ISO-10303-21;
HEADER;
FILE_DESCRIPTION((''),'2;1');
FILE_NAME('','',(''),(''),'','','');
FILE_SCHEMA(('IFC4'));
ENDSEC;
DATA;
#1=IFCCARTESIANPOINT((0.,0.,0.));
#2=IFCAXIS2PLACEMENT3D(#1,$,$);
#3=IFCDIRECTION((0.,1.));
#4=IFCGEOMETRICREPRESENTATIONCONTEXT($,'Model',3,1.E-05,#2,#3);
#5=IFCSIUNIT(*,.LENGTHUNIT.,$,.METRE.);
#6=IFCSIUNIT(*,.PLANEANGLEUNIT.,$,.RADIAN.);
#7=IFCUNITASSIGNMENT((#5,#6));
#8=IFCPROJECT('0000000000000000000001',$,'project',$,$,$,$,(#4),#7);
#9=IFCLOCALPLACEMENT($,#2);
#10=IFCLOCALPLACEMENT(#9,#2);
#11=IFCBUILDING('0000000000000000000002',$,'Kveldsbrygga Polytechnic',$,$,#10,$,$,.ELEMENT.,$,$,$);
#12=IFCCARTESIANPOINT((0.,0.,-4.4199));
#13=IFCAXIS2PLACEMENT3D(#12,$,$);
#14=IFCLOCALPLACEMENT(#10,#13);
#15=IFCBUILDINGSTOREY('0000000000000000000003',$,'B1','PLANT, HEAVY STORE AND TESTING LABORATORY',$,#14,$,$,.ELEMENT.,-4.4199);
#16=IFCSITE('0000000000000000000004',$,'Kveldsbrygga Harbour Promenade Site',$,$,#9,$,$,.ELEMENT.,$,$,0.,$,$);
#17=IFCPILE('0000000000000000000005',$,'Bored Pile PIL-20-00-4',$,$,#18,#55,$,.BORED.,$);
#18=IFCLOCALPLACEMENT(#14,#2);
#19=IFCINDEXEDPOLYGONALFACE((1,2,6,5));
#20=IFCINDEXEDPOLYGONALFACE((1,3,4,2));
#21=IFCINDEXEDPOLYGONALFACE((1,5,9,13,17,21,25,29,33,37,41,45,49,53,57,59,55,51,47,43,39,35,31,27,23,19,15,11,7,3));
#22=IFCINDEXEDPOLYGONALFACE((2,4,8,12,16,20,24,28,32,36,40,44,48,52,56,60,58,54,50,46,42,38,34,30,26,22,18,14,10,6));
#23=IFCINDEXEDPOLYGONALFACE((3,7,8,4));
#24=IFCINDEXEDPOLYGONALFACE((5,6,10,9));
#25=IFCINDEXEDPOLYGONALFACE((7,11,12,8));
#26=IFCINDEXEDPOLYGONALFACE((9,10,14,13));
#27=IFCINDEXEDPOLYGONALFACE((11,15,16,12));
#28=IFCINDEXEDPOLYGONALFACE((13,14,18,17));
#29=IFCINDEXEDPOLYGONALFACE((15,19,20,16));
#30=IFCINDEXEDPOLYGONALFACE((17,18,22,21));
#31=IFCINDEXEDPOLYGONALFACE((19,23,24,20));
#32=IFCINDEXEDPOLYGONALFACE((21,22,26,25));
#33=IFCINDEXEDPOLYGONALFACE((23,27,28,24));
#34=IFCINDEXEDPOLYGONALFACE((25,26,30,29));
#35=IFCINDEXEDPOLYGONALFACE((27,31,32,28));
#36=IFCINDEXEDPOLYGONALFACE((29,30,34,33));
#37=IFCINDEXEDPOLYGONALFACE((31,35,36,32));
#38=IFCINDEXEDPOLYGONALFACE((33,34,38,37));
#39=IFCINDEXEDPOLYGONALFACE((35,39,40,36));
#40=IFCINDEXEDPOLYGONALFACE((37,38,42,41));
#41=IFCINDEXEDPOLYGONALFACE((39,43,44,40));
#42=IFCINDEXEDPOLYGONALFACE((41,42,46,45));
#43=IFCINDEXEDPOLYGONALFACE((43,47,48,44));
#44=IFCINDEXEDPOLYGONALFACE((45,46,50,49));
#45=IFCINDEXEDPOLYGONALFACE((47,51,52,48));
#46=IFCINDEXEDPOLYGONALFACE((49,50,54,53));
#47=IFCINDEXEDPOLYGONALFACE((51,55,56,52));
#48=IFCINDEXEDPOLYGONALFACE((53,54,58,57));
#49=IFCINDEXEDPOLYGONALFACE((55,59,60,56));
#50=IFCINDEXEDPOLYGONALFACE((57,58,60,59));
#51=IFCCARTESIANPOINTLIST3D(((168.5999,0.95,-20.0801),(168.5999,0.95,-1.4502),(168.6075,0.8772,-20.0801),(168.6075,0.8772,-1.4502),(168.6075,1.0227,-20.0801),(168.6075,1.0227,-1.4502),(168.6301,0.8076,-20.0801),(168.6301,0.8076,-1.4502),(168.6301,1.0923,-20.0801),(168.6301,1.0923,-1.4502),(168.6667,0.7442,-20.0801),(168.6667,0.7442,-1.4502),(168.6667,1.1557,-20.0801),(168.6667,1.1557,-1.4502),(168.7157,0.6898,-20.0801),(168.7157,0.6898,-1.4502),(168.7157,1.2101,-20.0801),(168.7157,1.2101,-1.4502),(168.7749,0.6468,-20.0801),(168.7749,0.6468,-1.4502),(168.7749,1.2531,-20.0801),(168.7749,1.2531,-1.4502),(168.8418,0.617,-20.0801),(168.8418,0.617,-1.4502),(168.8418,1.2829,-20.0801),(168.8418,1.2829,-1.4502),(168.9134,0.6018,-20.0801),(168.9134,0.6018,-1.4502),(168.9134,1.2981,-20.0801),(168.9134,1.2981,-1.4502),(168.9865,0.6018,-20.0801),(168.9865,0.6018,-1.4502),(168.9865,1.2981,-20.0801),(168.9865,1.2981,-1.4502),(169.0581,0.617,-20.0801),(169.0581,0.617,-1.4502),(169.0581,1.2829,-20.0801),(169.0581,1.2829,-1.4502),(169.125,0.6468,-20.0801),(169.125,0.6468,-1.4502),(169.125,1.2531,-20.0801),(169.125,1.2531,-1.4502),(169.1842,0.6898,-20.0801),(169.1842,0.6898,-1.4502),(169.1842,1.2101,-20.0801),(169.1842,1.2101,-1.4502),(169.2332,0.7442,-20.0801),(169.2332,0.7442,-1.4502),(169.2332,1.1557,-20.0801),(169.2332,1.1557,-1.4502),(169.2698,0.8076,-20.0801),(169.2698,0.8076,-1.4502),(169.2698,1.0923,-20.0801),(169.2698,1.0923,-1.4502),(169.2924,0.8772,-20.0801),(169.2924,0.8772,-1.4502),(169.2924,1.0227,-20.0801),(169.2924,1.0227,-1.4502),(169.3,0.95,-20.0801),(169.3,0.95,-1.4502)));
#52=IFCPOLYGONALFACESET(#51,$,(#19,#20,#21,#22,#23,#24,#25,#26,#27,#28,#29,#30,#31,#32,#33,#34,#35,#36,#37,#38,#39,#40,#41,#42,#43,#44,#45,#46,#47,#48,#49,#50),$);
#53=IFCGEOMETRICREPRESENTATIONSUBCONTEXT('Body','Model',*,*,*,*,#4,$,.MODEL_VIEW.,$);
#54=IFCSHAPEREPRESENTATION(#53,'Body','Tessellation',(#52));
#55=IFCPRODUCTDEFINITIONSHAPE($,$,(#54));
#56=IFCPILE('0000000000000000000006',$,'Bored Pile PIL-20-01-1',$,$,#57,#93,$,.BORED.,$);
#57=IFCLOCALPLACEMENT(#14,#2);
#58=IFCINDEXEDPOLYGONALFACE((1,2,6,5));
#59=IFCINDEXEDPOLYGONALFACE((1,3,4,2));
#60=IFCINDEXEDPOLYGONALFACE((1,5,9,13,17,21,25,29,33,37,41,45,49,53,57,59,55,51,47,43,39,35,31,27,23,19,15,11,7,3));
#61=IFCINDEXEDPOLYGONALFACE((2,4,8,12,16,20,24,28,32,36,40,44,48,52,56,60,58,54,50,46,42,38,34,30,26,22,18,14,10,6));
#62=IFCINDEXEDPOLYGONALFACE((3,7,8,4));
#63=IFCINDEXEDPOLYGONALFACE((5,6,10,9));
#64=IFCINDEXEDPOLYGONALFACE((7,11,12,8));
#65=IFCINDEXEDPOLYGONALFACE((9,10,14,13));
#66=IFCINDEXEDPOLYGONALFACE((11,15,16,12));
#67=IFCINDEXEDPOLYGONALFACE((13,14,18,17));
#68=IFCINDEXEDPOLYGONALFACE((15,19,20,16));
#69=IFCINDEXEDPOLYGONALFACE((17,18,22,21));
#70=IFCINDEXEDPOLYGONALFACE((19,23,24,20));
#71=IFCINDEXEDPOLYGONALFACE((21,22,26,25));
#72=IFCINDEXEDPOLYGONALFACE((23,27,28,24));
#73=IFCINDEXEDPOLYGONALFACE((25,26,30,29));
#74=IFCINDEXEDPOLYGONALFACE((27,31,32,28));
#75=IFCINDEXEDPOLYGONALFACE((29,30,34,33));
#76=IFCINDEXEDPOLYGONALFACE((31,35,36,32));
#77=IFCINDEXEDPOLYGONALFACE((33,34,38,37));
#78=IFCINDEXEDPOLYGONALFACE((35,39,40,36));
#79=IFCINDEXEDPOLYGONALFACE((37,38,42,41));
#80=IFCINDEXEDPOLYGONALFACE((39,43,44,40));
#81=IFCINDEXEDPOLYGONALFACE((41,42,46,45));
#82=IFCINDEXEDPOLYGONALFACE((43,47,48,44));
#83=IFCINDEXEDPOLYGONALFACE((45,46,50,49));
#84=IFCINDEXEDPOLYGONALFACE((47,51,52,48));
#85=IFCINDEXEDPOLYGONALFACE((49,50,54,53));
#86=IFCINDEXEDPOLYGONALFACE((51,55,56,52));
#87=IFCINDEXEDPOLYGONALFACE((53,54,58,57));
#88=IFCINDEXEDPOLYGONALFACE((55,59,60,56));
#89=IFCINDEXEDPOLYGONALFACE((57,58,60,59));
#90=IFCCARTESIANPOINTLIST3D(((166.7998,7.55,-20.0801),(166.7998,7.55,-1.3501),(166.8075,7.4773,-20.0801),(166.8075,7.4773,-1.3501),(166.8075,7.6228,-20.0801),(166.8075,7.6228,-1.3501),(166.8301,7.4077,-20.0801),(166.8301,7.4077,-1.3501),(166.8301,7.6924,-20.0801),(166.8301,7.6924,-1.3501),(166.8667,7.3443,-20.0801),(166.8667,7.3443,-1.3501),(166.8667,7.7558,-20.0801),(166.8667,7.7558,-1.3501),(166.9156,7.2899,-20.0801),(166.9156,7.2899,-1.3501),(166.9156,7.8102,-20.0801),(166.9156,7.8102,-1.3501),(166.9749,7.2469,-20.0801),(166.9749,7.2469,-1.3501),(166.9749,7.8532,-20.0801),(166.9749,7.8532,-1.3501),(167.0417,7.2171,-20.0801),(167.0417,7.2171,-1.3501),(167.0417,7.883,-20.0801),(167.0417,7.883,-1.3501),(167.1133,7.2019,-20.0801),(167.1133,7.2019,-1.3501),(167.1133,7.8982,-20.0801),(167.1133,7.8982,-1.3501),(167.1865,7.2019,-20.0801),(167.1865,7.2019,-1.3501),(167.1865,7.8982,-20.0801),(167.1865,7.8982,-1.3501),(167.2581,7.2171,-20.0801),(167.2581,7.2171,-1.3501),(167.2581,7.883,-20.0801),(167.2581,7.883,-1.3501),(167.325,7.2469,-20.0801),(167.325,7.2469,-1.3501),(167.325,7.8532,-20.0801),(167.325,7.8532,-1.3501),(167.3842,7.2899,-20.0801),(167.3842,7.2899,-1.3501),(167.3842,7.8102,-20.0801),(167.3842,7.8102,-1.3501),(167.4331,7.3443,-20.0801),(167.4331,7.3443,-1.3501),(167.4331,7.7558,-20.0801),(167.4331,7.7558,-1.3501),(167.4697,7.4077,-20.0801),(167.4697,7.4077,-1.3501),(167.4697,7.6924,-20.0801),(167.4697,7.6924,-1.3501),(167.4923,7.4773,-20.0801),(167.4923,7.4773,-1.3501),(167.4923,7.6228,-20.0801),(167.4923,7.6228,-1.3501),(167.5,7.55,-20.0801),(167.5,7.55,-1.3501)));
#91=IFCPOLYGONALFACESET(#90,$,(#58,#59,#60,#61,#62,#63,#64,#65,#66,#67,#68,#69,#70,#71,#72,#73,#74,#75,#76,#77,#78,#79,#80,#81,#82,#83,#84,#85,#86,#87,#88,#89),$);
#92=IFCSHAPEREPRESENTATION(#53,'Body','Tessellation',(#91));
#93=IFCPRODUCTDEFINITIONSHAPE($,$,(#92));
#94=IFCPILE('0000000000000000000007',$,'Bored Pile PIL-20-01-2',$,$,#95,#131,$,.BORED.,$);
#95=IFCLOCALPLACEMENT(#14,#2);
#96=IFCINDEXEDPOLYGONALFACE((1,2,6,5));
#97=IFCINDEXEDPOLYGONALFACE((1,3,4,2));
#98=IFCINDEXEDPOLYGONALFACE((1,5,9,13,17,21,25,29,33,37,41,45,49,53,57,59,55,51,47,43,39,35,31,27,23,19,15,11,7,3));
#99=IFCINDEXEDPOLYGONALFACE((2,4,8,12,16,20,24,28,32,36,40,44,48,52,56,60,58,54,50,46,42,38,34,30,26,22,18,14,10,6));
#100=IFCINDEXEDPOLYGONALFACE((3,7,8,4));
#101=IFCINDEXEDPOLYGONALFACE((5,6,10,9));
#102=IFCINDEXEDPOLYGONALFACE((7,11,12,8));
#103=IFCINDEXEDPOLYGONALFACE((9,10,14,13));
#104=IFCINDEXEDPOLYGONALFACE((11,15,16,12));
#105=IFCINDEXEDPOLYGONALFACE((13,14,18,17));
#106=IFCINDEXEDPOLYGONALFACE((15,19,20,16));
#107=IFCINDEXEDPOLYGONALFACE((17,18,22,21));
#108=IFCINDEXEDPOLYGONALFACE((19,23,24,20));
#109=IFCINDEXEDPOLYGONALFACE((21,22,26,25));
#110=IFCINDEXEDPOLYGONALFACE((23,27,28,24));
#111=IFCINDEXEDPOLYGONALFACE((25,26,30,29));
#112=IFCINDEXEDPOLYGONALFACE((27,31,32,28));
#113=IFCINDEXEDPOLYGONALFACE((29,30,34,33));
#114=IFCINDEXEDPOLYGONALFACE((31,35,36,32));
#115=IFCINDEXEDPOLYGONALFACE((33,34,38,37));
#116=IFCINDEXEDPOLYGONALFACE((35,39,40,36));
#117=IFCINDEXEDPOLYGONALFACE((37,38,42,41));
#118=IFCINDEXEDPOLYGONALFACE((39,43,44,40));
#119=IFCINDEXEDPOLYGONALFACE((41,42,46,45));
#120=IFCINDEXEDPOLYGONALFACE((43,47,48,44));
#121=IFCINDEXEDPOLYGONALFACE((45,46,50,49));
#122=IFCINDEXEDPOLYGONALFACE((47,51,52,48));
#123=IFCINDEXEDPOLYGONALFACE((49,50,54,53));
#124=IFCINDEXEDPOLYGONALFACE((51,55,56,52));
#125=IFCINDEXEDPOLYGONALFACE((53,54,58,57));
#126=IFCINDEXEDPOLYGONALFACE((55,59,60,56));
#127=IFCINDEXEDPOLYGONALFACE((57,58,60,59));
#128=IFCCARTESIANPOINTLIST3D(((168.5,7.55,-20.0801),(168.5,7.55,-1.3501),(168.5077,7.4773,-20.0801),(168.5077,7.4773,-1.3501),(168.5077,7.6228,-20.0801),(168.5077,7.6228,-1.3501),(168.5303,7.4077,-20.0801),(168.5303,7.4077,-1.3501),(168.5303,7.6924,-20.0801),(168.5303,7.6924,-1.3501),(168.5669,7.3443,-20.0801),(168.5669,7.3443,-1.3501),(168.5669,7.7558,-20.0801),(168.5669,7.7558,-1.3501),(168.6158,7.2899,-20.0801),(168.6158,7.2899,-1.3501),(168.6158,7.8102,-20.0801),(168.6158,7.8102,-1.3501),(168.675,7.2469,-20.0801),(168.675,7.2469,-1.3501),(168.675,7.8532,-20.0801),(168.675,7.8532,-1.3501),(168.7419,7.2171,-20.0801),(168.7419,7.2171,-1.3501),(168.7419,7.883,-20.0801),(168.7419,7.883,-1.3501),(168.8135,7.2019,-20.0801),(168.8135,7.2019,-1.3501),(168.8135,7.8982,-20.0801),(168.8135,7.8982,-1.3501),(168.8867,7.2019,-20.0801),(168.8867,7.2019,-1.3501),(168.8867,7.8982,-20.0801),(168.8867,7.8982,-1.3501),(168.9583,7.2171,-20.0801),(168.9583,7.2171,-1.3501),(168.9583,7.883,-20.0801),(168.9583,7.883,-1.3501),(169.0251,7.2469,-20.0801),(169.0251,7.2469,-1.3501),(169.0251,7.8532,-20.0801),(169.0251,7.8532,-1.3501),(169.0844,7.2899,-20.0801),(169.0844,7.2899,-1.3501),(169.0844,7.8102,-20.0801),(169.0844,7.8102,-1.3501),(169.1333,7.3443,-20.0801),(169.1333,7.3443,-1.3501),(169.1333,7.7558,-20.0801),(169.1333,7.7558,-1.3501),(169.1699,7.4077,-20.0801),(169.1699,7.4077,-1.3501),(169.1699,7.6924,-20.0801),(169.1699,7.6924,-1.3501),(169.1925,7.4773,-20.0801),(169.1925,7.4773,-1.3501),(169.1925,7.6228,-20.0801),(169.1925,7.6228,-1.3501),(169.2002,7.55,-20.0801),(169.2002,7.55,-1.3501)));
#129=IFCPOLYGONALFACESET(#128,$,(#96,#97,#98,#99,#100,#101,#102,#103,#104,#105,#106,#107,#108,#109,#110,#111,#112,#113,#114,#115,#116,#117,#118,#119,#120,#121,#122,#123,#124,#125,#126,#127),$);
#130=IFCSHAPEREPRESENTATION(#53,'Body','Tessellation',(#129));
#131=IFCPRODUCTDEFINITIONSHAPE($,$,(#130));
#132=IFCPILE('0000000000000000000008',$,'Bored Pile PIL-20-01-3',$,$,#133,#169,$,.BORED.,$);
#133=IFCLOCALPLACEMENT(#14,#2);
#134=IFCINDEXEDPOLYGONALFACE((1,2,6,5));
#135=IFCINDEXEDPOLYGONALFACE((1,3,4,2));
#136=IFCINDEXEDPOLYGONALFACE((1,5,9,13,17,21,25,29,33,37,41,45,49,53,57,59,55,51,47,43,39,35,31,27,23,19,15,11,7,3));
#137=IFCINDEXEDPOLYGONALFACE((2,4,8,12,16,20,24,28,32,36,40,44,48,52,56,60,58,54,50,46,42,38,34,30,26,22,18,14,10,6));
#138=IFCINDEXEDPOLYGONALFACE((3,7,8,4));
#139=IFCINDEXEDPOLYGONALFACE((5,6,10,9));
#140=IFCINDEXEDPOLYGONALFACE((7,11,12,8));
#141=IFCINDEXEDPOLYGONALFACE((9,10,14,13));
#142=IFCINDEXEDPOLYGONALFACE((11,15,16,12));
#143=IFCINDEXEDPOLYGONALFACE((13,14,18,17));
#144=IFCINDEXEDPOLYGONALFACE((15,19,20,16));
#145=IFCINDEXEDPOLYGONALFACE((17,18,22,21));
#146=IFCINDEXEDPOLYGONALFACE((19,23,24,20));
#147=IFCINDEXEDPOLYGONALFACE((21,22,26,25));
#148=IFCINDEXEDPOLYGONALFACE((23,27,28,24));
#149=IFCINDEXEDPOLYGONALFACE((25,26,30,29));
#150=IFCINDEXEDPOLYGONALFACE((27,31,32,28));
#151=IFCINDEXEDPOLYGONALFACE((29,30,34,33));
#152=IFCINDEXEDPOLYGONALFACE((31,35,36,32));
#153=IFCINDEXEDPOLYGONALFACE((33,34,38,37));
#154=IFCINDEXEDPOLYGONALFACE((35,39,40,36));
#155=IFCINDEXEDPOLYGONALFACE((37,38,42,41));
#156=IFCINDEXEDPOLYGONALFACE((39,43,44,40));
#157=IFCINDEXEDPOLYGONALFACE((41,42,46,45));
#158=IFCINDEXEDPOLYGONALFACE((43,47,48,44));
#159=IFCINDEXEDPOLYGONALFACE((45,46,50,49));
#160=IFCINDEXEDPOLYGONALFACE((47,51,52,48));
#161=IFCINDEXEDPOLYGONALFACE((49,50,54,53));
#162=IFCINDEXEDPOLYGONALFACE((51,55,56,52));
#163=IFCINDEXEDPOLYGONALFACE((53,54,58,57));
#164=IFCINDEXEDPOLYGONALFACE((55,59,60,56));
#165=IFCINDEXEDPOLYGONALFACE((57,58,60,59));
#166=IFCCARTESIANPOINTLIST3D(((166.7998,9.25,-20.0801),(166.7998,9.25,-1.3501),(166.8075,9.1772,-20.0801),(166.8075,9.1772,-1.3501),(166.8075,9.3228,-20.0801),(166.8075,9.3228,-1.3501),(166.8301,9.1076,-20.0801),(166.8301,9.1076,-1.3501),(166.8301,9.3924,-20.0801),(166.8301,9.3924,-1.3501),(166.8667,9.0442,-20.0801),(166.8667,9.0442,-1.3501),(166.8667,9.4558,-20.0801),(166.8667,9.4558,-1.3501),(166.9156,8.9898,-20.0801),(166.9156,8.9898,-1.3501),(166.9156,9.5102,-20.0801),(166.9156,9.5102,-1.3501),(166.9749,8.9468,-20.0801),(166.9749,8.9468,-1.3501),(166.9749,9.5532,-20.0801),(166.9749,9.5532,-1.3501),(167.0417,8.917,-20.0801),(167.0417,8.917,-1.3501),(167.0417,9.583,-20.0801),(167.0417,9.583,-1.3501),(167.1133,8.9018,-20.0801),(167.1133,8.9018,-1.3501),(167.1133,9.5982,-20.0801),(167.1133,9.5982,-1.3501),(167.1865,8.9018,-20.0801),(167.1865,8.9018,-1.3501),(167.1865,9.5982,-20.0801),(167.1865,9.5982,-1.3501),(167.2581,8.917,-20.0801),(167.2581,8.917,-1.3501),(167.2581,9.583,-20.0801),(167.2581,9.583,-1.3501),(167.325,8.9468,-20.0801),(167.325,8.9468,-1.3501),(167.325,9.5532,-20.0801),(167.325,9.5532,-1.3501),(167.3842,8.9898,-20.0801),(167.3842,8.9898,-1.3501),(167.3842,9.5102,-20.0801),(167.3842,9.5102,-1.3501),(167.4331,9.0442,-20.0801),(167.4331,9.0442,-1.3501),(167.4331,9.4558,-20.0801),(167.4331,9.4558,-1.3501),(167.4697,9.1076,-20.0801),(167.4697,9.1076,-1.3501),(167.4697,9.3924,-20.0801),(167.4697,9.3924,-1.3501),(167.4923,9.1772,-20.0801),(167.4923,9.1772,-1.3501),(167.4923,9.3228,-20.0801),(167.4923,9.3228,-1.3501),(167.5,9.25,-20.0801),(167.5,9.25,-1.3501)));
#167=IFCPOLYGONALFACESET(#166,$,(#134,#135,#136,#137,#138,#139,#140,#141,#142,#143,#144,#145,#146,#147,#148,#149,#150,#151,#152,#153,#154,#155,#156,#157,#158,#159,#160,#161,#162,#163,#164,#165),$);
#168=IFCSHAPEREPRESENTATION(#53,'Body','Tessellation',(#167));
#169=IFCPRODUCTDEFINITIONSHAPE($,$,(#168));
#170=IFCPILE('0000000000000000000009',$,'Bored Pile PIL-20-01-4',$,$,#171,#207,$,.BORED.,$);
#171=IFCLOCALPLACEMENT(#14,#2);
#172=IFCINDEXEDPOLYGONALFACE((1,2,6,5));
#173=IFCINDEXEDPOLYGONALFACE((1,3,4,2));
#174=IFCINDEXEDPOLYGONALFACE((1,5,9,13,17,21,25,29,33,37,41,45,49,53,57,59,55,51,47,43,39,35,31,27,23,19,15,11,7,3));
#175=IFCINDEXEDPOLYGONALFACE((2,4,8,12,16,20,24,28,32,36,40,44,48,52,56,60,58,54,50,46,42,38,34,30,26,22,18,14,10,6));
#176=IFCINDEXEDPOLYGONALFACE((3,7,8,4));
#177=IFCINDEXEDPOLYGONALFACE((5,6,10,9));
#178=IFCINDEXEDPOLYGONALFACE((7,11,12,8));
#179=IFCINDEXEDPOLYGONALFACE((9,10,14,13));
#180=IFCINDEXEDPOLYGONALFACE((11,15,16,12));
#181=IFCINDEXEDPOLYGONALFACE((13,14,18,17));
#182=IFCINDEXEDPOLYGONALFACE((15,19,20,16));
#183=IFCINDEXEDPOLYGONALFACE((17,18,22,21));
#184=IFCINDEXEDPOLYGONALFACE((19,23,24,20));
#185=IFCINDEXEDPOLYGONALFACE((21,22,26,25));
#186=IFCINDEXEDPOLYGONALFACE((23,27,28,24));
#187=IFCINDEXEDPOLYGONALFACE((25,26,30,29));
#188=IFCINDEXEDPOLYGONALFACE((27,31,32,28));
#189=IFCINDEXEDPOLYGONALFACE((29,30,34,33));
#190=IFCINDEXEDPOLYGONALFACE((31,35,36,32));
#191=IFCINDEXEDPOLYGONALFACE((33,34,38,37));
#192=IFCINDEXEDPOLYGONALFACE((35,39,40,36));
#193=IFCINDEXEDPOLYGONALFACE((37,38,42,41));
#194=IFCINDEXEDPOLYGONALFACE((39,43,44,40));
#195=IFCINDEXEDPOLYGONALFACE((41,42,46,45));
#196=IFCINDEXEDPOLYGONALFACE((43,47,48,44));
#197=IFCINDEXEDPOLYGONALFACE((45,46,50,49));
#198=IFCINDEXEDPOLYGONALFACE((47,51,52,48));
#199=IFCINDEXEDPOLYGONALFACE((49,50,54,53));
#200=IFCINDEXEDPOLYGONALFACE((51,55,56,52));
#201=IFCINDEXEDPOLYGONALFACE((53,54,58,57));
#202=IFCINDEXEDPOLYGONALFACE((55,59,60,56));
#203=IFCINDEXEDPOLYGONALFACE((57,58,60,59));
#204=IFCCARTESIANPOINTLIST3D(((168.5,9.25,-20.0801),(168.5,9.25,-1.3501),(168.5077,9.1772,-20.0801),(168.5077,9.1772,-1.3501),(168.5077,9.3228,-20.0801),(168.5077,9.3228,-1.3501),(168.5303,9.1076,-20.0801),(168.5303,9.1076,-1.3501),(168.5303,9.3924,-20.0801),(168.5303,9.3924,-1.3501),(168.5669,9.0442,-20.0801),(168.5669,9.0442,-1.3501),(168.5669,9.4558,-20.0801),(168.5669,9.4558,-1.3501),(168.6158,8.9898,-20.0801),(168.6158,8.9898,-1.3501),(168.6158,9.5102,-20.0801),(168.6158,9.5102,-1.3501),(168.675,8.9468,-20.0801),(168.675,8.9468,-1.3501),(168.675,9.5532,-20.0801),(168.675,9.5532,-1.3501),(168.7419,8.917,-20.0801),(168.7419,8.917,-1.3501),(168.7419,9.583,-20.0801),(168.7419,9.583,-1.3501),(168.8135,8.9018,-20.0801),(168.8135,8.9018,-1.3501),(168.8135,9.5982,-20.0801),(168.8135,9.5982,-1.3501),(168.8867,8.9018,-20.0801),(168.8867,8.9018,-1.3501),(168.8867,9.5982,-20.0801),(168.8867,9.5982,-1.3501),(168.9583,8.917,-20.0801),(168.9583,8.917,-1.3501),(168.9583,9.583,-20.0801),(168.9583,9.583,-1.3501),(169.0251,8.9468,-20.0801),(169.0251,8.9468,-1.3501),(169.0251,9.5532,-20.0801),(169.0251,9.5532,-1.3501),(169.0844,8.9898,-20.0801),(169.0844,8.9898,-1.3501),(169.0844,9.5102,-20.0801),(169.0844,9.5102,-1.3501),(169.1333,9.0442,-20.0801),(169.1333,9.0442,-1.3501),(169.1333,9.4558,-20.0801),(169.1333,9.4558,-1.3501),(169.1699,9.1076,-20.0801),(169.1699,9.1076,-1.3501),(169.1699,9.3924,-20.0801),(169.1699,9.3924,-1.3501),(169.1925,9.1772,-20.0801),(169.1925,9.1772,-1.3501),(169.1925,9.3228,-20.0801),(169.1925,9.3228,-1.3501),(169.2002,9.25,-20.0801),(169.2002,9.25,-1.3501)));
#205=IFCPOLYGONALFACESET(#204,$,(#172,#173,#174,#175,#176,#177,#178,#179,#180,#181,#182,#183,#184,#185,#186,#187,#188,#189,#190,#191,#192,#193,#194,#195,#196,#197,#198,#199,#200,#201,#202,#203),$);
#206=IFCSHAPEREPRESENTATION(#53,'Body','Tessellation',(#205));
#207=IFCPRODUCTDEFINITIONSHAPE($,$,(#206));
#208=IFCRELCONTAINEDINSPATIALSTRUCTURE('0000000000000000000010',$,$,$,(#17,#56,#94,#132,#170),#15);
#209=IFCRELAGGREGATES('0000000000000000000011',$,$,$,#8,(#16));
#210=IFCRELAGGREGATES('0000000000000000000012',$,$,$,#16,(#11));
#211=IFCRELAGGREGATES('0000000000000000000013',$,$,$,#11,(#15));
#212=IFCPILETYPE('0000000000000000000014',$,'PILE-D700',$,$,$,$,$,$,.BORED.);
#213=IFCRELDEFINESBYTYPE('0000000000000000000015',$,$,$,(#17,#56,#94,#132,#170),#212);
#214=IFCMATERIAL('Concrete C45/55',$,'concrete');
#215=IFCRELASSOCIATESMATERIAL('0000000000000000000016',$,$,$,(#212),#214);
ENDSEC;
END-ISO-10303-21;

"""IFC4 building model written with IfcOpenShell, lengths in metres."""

from ifc_helpers import new_model, si_unit, direction, frame, origin, origin_2d, place, context, subcontext, project, spatial, circle, extrude, material, material_profile, profile_set, type_object, element, save


model = new_model("IFC4")

# Units and contexts
model_context = context("Model", 3, precision=1e-05, world=origin(), true_north=direction((0.0, 1.0)))
body_context = subcontext(model_context, "Body", "Model", "MODEL_VIEW")
ifc_project = project(units=[si_unit("LENGTHUNIT", "METRE"), si_unit("PLANEANGLEUNIT", "RADIAN")], contexts=[model_context])

# Site, building, storey
site_placement = place(None, origin())
site = spatial("IfcSite", under=ifc_project, at=site_placement, Name="Kveldsbrygga Harbour Promenade Site", CompositionType="ELEMENT", RefElevation=0.0)
building_placement = place(site_placement, origin())
building = spatial("IfcBuilding", under=site, at=building_placement, Name="Kveldsbrygga Polytechnic", CompositionType="ELEMENT")
storey_placement = place(building_placement, frame((0.0, 0.0, -4.4199)))
storey = spatial("IfcBuildingStorey", under=building, at=storey_placement, Name="B1", Description="PLANT, HEAVY STORE AND TESTING LABORATORY", CompositionType="ELEMENT", Elevation=-4.4199)

# Shared definitions
ifc_material_1 = material(Name="Concrete C45/55", Category="concrete")

# Piles
ifc_material_profile_1 = material_profile(ifc_material_1, circle(Radius=0.3501, at=origin_2d()), Name="PILE D700")
ifc_profile_set_1 = profile_set([ifc_material_profile_1], Name="Concrete C45/55")
pile_type_1 = type_object("IfcPileType", Name="PILE-D700", PredefinedType="BORED", material=ifc_profile_set_1)
for number, where, z_axis, x_axis, name in (
    (1, (168.95, 0.95, -1.4502), (0.0, 0.0, -1.0), (1.0, 0.0, 0.0), "Bored Pile PIL-20-00-4"),
):
    element("IfcPile", number, at=place(storey_placement, frame(where, z_axis=z_axis, x_axis=x_axis)), inside=storey, type_object=pile_type_1, Name=name, PredefinedType="BORED", context=body_context, shape_type="SweptSolid", body=[
        extrude(circle(Radius=0.3501, at=origin_2d()), origin(), (0.0, 0.0, 1.0), 18.6299),
    ])
for number, where, z_axis, x_axis, name in (
    (2, (167.1499, 7.55, -1.3501), (0.0, 0.0, -1.0), (1.0, 0.0, 0.0), "Bored Pile PIL-20-01-1"),
    (3, (168.8501, 7.55, -1.3501), (0.0, 0.0, -1.0), (1.0, 0.0, 0.0), "Bored Pile PIL-20-01-2"),
    (4, (167.1499, 9.25, -1.3501), (0.0, 0.0, -1.0), (1.0, 0.0, 0.0), "Bored Pile PIL-20-01-3"),
    (5, (168.8501, 9.25, -1.3501), (0.0, 0.0, -1.0), (1.0, 0.0, 0.0), "Bored Pile PIL-20-01-4"),
):
    element("IfcPile", number, at=place(storey_placement, frame(where, z_axis=z_axis, x_axis=x_axis)), inside=storey, type_object=pile_type_1, Name=name, PredefinedType="BORED", context=body_context, shape_type="SweptSolid", body=[
        extrude(circle(Radius=0.3501, at=origin_2d()), origin(), (0.0, 0.0, 1.0), 18.73),
    ])

save(model, "model.ifc")
